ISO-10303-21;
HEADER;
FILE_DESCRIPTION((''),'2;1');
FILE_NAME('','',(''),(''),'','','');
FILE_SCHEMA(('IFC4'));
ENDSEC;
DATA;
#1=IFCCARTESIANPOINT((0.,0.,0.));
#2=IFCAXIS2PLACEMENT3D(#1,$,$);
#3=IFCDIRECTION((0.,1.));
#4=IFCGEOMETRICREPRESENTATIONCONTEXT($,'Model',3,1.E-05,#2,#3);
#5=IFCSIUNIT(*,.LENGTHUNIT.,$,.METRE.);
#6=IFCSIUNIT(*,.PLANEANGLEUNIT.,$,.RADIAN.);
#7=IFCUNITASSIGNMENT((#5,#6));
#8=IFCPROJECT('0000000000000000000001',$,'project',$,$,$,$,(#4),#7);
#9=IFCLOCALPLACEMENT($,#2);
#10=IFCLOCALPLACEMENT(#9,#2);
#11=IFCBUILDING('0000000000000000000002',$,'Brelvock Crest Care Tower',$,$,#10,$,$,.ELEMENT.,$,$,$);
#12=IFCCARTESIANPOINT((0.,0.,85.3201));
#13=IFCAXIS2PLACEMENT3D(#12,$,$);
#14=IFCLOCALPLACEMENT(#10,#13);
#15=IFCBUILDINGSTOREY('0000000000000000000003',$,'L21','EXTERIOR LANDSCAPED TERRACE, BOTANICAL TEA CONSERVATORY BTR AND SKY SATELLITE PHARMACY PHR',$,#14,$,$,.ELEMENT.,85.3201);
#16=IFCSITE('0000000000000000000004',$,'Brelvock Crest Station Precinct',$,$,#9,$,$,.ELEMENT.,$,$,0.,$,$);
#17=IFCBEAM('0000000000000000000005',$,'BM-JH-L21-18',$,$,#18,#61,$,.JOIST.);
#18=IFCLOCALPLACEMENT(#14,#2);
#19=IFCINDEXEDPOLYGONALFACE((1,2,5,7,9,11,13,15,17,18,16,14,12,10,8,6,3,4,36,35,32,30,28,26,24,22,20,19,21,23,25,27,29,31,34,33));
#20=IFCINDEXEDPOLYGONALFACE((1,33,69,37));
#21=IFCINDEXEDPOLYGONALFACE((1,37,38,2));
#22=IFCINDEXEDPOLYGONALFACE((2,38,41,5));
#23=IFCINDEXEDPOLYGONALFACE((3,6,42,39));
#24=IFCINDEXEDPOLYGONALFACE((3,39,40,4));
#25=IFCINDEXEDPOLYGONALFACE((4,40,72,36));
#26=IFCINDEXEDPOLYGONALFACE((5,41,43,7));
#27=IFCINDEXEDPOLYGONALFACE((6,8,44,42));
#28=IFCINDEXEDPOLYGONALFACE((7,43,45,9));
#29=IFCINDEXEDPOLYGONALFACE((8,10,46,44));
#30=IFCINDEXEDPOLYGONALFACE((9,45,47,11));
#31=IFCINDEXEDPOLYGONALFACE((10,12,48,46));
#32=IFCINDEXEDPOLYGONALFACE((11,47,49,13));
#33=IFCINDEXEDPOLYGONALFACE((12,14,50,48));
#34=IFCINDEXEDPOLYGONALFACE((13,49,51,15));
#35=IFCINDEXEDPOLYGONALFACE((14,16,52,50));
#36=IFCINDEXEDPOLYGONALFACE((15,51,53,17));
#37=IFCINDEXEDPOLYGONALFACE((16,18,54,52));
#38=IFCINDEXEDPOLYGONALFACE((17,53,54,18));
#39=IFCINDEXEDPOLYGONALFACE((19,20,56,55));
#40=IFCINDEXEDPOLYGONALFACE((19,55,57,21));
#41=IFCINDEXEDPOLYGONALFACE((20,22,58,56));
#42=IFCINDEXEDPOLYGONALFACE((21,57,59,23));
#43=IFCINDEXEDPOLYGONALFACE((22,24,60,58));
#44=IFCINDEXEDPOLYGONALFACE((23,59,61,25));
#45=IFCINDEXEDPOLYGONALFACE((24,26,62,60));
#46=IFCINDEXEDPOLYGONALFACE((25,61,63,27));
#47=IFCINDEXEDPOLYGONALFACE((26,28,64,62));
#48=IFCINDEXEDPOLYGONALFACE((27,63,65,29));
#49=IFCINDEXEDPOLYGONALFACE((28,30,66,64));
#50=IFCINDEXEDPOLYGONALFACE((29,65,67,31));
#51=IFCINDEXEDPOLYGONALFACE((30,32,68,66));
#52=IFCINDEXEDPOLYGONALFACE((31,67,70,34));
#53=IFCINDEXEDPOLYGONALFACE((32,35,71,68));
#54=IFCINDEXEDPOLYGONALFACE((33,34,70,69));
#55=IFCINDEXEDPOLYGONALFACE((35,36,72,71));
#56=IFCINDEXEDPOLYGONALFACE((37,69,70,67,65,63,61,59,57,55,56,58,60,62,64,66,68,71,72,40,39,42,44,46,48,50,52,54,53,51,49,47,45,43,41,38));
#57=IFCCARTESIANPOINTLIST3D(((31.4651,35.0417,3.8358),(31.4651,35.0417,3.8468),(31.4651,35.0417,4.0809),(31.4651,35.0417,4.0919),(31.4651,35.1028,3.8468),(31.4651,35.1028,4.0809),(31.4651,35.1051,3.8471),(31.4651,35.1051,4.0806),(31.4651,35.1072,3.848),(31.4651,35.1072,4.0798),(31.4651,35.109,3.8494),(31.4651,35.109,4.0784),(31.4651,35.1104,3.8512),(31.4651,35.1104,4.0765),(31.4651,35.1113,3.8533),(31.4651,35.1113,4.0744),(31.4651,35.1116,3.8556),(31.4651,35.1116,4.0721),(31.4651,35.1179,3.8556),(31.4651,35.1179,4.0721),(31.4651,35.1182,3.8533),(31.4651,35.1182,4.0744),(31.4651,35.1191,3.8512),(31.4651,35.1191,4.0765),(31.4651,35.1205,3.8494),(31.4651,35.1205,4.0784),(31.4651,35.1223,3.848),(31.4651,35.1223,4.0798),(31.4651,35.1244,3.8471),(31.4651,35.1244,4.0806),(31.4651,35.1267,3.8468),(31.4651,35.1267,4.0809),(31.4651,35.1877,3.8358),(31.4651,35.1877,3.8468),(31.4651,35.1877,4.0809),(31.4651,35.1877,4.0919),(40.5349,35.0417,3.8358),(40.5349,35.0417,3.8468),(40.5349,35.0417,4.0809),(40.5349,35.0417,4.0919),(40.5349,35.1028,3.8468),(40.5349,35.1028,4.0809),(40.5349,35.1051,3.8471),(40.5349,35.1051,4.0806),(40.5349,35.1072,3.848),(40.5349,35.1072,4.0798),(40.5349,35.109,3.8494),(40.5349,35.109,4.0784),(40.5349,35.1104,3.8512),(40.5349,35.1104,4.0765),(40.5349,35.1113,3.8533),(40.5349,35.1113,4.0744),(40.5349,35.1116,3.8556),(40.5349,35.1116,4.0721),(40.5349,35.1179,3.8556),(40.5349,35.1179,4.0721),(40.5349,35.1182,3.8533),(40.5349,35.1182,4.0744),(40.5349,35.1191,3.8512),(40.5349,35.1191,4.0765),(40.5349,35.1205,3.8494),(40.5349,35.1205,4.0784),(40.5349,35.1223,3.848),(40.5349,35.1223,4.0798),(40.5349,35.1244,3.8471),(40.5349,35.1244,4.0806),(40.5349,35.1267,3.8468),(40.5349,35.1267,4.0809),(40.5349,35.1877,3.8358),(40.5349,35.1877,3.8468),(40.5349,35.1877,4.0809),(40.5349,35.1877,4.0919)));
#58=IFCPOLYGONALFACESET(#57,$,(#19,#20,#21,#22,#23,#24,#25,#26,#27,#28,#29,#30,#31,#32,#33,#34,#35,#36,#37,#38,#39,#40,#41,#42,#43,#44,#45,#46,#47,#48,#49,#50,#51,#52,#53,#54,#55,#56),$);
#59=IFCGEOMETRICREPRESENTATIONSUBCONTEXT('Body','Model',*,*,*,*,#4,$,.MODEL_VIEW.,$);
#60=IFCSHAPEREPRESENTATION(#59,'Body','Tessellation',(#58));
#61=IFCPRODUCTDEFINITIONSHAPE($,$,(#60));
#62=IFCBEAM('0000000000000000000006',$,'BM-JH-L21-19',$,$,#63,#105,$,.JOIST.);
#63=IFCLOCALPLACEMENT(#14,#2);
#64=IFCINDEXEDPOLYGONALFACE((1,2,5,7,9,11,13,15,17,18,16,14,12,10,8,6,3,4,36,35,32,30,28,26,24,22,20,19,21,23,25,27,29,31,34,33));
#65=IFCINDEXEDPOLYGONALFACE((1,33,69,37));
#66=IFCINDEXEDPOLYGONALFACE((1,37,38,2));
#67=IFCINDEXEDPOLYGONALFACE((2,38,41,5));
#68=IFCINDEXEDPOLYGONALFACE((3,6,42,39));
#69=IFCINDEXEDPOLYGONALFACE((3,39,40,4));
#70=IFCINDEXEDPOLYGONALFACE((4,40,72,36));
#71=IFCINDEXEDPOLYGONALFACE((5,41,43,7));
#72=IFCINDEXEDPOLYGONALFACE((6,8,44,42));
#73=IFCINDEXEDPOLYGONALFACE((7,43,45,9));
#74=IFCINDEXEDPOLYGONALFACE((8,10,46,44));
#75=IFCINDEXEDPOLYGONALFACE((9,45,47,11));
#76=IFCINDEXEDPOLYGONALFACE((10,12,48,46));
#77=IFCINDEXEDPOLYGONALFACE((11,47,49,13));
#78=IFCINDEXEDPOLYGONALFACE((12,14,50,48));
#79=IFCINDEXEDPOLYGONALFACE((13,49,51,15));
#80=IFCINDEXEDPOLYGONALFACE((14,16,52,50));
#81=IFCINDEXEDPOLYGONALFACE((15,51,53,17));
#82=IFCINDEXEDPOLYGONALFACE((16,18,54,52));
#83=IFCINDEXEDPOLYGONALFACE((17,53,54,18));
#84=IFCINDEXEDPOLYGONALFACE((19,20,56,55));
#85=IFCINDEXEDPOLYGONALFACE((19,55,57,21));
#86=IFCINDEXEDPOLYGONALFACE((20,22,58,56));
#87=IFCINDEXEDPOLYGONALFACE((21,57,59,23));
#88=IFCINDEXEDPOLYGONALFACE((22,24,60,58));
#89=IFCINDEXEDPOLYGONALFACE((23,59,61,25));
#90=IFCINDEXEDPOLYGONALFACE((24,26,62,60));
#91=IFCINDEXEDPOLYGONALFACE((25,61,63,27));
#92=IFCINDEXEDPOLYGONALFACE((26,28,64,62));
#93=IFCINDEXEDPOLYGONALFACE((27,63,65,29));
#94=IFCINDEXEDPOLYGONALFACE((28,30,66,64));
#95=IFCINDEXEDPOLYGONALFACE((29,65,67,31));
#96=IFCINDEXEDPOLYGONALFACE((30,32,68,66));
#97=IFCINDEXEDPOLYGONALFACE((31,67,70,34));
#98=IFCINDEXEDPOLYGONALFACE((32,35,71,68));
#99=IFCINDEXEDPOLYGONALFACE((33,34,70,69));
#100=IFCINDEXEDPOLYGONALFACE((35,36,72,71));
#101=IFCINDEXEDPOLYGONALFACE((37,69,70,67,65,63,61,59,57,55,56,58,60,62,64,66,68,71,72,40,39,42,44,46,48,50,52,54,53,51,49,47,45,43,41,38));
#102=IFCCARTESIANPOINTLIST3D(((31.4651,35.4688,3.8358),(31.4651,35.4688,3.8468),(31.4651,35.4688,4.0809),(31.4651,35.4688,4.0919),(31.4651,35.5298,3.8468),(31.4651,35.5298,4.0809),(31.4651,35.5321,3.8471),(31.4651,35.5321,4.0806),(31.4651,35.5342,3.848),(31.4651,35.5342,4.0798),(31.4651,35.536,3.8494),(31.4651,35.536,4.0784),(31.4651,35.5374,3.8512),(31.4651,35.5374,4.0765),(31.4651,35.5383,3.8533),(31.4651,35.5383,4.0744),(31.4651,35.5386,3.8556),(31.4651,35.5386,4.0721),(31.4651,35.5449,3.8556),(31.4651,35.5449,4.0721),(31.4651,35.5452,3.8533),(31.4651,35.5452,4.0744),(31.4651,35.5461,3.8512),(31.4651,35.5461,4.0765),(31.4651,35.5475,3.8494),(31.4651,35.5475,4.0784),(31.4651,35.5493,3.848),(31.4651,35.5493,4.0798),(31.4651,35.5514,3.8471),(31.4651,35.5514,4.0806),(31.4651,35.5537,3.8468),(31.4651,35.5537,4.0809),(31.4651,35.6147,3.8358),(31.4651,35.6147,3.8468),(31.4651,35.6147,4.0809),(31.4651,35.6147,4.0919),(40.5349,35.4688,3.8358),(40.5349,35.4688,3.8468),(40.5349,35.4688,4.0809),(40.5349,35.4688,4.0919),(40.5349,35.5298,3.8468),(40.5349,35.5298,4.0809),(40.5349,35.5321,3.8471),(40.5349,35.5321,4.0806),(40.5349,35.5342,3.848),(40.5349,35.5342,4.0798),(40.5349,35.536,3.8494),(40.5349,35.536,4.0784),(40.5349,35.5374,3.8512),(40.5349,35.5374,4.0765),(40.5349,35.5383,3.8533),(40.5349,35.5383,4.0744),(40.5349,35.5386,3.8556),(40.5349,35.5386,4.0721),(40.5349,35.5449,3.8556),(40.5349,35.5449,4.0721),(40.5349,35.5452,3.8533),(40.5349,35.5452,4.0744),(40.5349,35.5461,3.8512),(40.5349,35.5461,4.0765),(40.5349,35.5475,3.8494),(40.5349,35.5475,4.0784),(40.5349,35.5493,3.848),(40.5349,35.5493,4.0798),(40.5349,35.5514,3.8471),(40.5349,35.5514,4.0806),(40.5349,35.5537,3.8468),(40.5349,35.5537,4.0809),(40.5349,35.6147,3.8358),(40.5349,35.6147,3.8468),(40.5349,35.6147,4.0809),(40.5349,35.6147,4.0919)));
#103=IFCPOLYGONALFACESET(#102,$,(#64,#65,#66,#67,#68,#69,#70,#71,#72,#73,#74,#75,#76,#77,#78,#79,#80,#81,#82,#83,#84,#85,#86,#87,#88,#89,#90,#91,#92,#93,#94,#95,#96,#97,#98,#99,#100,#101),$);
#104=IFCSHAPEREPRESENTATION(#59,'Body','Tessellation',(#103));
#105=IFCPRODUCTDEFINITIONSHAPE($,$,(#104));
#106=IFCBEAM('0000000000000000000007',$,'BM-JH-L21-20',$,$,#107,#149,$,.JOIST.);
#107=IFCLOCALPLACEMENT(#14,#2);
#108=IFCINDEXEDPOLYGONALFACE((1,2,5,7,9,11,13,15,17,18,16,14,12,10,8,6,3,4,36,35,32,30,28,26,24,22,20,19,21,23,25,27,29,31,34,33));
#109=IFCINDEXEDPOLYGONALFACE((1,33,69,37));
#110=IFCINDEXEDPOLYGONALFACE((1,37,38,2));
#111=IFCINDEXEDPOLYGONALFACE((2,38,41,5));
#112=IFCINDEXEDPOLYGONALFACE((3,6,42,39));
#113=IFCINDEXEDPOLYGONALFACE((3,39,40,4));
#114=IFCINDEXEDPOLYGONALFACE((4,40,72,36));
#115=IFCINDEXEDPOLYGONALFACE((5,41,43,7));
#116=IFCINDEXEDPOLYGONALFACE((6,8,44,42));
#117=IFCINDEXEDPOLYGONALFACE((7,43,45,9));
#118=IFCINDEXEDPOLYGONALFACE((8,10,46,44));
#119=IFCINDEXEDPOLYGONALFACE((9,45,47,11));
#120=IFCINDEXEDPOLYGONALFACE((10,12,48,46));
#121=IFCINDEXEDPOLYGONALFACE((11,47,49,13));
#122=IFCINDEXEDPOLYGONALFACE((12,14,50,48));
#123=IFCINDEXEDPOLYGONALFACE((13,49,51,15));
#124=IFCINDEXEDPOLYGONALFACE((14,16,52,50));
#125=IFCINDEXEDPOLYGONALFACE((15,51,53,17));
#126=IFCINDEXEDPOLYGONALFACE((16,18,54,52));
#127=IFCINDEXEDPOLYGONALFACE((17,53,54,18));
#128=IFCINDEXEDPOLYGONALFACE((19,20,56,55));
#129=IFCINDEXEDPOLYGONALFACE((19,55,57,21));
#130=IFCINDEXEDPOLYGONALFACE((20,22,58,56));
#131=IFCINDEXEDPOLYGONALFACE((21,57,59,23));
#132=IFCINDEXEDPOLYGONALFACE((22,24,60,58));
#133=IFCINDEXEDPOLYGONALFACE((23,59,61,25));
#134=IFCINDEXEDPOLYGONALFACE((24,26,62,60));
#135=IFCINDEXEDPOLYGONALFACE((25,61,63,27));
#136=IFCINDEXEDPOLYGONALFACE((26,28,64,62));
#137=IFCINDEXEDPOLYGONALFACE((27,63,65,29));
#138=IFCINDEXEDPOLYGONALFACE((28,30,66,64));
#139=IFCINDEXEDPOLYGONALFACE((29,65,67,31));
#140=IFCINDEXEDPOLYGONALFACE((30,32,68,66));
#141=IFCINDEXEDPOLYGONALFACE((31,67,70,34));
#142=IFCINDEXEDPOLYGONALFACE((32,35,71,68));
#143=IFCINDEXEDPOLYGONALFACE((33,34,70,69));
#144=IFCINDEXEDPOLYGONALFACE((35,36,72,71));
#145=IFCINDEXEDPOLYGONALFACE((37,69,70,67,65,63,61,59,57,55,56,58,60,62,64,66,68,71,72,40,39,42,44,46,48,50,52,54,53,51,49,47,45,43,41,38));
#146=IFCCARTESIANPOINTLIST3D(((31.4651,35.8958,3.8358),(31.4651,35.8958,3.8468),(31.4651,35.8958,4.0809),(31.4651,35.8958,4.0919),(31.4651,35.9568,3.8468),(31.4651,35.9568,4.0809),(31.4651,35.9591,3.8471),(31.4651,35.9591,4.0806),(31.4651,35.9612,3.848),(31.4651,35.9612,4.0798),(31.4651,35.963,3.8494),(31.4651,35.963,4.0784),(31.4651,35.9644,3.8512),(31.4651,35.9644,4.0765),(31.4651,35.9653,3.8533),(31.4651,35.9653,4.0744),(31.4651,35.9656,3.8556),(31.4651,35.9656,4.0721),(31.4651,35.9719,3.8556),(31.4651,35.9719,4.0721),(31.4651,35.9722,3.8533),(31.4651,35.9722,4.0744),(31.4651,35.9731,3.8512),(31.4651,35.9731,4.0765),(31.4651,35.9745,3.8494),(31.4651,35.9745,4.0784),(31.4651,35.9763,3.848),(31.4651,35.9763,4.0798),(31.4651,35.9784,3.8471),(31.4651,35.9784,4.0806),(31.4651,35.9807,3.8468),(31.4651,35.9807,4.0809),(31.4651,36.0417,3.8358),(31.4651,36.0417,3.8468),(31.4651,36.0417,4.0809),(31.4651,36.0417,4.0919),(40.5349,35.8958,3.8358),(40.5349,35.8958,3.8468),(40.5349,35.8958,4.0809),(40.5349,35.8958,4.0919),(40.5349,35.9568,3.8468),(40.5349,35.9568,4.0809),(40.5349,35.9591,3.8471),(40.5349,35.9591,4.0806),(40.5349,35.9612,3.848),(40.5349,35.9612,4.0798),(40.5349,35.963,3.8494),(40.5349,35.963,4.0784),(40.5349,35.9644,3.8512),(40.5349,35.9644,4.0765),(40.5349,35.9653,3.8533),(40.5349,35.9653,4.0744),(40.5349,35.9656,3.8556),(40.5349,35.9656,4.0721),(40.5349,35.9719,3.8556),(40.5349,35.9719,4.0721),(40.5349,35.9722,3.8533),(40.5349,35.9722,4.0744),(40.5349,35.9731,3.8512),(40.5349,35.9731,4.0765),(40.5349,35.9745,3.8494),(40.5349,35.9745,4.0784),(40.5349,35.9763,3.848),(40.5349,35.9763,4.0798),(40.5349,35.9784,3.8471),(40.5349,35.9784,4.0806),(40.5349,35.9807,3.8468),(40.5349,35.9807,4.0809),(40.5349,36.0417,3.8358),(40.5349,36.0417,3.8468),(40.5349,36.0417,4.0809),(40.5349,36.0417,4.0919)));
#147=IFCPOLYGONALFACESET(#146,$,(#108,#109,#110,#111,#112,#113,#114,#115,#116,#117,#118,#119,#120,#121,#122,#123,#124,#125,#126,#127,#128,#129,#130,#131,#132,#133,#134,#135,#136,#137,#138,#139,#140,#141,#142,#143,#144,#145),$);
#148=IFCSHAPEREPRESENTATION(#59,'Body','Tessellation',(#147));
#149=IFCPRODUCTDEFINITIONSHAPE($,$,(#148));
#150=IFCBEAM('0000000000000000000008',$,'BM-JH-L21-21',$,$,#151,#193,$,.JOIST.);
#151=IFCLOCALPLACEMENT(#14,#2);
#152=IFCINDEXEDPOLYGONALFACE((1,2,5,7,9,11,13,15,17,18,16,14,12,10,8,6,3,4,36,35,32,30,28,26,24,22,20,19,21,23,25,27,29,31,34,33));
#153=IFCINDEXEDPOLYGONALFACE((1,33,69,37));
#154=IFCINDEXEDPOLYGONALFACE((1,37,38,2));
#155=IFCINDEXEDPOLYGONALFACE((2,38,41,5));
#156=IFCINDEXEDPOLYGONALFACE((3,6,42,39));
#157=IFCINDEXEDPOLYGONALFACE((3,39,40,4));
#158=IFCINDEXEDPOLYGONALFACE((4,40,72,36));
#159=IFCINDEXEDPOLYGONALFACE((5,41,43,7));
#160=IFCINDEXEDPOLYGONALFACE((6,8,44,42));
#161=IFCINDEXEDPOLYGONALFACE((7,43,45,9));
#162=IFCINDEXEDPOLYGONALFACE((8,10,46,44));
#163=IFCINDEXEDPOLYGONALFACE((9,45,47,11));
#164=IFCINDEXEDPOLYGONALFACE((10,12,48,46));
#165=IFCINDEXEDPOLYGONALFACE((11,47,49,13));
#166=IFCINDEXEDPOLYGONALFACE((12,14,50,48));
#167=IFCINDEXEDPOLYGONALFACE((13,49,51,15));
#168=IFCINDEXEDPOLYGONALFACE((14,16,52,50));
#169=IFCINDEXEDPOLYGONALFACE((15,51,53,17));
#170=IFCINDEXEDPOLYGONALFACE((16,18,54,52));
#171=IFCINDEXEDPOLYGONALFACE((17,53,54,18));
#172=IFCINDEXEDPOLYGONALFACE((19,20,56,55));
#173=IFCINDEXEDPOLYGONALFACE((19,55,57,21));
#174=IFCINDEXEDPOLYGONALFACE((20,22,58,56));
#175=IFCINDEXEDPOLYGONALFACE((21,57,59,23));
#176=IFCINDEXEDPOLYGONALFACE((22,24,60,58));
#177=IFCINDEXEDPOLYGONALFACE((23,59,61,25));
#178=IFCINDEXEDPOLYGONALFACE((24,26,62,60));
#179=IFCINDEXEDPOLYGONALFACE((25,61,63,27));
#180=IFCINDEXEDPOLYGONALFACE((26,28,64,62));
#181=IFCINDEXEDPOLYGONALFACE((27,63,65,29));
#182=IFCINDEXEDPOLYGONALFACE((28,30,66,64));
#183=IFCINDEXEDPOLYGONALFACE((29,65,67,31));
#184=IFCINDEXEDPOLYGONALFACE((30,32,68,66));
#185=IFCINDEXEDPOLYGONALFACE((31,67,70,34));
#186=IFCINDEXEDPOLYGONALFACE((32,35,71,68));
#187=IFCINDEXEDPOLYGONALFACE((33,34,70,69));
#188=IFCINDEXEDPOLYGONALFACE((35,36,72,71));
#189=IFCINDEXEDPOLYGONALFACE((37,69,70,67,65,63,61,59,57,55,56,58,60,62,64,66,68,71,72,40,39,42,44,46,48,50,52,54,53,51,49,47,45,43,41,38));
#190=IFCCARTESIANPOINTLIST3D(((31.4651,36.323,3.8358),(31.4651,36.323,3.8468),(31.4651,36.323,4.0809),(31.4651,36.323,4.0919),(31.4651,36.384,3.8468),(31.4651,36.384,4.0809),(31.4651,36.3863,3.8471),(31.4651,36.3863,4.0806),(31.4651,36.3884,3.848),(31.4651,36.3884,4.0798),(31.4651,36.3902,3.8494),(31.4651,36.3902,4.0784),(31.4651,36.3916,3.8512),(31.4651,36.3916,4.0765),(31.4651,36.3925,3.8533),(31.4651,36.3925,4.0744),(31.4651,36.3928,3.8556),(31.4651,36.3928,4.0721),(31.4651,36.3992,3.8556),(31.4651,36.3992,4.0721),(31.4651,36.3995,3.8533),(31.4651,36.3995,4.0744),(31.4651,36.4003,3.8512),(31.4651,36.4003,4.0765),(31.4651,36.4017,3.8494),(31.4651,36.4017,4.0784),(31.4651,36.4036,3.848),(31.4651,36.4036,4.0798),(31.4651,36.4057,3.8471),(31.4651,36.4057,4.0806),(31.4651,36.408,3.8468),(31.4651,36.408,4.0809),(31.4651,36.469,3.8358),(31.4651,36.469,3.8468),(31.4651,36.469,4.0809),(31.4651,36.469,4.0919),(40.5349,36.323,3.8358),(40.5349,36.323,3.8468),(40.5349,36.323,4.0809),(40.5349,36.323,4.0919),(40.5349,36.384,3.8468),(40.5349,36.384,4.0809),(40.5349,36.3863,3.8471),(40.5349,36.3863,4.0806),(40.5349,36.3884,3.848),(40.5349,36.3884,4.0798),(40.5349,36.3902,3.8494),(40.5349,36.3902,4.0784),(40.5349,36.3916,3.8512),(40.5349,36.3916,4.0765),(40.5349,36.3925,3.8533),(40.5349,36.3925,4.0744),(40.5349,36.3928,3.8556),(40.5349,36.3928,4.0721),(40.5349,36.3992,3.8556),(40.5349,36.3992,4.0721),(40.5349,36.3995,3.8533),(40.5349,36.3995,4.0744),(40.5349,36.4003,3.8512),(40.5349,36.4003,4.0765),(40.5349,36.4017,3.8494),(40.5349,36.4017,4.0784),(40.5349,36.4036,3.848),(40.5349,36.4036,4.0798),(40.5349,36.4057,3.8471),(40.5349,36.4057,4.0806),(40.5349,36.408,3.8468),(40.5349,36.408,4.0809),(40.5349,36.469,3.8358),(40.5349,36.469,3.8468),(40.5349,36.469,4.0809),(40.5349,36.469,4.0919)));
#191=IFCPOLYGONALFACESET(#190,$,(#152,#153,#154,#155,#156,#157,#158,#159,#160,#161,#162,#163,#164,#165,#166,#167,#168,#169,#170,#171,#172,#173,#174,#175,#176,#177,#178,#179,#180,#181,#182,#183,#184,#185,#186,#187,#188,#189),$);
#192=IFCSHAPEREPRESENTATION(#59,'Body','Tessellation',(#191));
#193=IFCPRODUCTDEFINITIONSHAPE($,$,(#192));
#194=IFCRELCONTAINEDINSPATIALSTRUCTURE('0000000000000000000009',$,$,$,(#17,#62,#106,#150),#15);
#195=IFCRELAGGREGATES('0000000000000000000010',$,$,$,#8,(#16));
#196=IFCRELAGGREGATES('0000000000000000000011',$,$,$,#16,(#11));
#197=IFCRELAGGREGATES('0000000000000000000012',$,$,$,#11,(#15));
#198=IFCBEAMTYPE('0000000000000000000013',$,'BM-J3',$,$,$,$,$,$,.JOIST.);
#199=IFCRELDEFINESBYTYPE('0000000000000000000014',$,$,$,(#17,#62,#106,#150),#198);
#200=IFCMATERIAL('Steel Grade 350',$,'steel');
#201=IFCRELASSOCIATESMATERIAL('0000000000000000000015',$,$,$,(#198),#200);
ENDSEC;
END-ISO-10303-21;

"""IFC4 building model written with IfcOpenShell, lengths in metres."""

from ifc_helpers import new_model, si_unit, direction, frame, origin, origin_2d, place, context, subcontext, project, spatial, i_section, extrude, source, transform, mapped, material, material_profile, profile_set, type_object, element, save


model = new_model("IFC4")

# Units and contexts
model_context = context("Model", 3, precision=1e-05, world=origin(), true_north=direction((0.0, 1.0)))
body_context = subcontext(model_context, "Body", "Model", "MODEL_VIEW")
ifc_project = project(units=[si_unit("LENGTHUNIT", "METRE"), si_unit("PLANEANGLEUNIT", "RADIAN")], contexts=[model_context])

# Site, building, storey
site_placement = place(None, origin())
site = spatial("IfcSite", under=ifc_project, at=site_placement, Name="Brelvock Crest Station Precinct", CompositionType="ELEMENT", RefElevation=0.0)
building_placement = place(site_placement, origin())
building = spatial("IfcBuilding", under=site, at=building_placement, Name="Brelvock Crest Care Tower", CompositionType="ELEMENT")
storey_placement = place(building_placement, frame((0.0, 0.0, 85.3201)))
storey = spatial("IfcBuildingStorey", under=building, at=storey_placement, Name="L21", Description="EXTERIOR LANDSCAPED TERRACE, BOTANICAL TEA CONSERVATORY BTR AND SKY SATELLITE PHARMACY PHR", CompositionType="ELEMENT", Elevation=85.3201)

# Beams
ifc_material = material(Name="Steel Grade 350", Category="steel")
ifc_material_profile_1 = material_profile(ifc_material, i_section(OverallWidth=0.146, OverallDepth=0.2561, WebThickness=0.0063, FlangeThickness=0.011, FilletRadius=0.0088, at=origin_2d()), Name="250UB37.3")
ifc_profile_set_1 = profile_set([ifc_material_profile_1], Name="Steel Grade 350")
beam_type_1 = type_object("IfcBeamType", Name="BM-J3", PredefinedType="JOIST", material=ifc_profile_set_1)
shared_shape_1 = source(origin(), body_context, "Body", "SweptSolid", [
    extrude(i_section(OverallWidth=0.146, OverallDepth=0.2561, WebThickness=0.0063, FlangeThickness=0.011, FilletRadius=0.0088, at=origin_2d()), origin(), (0.0, 0.0, 1.0), 9.0698),
])
for number, where, z_axis, x_axis, name in (
    (1, (31.4651, 35.1147, 3.9639), (1.0, 0.0, 0.0), (0.0, 1.0, 0.0), "BM-JH-L21-18"),
    (2, (31.4651, 35.5417, 3.9639), (1.0, 0.0, 0.0), (0.0, 1.0, 0.0), "BM-JH-L21-19"),
    (3, (31.4651, 35.9688, 3.9639), (1.0, 0.0, 0.0), (0.0, 1.0, 0.0), "BM-JH-L21-20"),
    (4, (31.4651, 36.396, 3.9639), (1.0, 0.0, 0.0), (0.0, 1.0, 0.0), "BM-JH-L21-21"),
):
    element("IfcBeam", number, at=place(storey_placement, frame(where, z_axis=z_axis, x_axis=x_axis)), inside=storey, type_object=beam_type_1, Name=name, PredefinedType="JOIST", context=body_context, shape_type="MappedRepresentation", body=[
        mapped(shared_shape_1, transform((0.0, 0.0, 0.0), x_axis=(1.0, 0.0, 0.0), y_axis=(0.0, 1.0, 0.0), z_axis=(0.0, 0.0, 1.0), scale=1.0)),
    ])

save(model, "model.ifc")
